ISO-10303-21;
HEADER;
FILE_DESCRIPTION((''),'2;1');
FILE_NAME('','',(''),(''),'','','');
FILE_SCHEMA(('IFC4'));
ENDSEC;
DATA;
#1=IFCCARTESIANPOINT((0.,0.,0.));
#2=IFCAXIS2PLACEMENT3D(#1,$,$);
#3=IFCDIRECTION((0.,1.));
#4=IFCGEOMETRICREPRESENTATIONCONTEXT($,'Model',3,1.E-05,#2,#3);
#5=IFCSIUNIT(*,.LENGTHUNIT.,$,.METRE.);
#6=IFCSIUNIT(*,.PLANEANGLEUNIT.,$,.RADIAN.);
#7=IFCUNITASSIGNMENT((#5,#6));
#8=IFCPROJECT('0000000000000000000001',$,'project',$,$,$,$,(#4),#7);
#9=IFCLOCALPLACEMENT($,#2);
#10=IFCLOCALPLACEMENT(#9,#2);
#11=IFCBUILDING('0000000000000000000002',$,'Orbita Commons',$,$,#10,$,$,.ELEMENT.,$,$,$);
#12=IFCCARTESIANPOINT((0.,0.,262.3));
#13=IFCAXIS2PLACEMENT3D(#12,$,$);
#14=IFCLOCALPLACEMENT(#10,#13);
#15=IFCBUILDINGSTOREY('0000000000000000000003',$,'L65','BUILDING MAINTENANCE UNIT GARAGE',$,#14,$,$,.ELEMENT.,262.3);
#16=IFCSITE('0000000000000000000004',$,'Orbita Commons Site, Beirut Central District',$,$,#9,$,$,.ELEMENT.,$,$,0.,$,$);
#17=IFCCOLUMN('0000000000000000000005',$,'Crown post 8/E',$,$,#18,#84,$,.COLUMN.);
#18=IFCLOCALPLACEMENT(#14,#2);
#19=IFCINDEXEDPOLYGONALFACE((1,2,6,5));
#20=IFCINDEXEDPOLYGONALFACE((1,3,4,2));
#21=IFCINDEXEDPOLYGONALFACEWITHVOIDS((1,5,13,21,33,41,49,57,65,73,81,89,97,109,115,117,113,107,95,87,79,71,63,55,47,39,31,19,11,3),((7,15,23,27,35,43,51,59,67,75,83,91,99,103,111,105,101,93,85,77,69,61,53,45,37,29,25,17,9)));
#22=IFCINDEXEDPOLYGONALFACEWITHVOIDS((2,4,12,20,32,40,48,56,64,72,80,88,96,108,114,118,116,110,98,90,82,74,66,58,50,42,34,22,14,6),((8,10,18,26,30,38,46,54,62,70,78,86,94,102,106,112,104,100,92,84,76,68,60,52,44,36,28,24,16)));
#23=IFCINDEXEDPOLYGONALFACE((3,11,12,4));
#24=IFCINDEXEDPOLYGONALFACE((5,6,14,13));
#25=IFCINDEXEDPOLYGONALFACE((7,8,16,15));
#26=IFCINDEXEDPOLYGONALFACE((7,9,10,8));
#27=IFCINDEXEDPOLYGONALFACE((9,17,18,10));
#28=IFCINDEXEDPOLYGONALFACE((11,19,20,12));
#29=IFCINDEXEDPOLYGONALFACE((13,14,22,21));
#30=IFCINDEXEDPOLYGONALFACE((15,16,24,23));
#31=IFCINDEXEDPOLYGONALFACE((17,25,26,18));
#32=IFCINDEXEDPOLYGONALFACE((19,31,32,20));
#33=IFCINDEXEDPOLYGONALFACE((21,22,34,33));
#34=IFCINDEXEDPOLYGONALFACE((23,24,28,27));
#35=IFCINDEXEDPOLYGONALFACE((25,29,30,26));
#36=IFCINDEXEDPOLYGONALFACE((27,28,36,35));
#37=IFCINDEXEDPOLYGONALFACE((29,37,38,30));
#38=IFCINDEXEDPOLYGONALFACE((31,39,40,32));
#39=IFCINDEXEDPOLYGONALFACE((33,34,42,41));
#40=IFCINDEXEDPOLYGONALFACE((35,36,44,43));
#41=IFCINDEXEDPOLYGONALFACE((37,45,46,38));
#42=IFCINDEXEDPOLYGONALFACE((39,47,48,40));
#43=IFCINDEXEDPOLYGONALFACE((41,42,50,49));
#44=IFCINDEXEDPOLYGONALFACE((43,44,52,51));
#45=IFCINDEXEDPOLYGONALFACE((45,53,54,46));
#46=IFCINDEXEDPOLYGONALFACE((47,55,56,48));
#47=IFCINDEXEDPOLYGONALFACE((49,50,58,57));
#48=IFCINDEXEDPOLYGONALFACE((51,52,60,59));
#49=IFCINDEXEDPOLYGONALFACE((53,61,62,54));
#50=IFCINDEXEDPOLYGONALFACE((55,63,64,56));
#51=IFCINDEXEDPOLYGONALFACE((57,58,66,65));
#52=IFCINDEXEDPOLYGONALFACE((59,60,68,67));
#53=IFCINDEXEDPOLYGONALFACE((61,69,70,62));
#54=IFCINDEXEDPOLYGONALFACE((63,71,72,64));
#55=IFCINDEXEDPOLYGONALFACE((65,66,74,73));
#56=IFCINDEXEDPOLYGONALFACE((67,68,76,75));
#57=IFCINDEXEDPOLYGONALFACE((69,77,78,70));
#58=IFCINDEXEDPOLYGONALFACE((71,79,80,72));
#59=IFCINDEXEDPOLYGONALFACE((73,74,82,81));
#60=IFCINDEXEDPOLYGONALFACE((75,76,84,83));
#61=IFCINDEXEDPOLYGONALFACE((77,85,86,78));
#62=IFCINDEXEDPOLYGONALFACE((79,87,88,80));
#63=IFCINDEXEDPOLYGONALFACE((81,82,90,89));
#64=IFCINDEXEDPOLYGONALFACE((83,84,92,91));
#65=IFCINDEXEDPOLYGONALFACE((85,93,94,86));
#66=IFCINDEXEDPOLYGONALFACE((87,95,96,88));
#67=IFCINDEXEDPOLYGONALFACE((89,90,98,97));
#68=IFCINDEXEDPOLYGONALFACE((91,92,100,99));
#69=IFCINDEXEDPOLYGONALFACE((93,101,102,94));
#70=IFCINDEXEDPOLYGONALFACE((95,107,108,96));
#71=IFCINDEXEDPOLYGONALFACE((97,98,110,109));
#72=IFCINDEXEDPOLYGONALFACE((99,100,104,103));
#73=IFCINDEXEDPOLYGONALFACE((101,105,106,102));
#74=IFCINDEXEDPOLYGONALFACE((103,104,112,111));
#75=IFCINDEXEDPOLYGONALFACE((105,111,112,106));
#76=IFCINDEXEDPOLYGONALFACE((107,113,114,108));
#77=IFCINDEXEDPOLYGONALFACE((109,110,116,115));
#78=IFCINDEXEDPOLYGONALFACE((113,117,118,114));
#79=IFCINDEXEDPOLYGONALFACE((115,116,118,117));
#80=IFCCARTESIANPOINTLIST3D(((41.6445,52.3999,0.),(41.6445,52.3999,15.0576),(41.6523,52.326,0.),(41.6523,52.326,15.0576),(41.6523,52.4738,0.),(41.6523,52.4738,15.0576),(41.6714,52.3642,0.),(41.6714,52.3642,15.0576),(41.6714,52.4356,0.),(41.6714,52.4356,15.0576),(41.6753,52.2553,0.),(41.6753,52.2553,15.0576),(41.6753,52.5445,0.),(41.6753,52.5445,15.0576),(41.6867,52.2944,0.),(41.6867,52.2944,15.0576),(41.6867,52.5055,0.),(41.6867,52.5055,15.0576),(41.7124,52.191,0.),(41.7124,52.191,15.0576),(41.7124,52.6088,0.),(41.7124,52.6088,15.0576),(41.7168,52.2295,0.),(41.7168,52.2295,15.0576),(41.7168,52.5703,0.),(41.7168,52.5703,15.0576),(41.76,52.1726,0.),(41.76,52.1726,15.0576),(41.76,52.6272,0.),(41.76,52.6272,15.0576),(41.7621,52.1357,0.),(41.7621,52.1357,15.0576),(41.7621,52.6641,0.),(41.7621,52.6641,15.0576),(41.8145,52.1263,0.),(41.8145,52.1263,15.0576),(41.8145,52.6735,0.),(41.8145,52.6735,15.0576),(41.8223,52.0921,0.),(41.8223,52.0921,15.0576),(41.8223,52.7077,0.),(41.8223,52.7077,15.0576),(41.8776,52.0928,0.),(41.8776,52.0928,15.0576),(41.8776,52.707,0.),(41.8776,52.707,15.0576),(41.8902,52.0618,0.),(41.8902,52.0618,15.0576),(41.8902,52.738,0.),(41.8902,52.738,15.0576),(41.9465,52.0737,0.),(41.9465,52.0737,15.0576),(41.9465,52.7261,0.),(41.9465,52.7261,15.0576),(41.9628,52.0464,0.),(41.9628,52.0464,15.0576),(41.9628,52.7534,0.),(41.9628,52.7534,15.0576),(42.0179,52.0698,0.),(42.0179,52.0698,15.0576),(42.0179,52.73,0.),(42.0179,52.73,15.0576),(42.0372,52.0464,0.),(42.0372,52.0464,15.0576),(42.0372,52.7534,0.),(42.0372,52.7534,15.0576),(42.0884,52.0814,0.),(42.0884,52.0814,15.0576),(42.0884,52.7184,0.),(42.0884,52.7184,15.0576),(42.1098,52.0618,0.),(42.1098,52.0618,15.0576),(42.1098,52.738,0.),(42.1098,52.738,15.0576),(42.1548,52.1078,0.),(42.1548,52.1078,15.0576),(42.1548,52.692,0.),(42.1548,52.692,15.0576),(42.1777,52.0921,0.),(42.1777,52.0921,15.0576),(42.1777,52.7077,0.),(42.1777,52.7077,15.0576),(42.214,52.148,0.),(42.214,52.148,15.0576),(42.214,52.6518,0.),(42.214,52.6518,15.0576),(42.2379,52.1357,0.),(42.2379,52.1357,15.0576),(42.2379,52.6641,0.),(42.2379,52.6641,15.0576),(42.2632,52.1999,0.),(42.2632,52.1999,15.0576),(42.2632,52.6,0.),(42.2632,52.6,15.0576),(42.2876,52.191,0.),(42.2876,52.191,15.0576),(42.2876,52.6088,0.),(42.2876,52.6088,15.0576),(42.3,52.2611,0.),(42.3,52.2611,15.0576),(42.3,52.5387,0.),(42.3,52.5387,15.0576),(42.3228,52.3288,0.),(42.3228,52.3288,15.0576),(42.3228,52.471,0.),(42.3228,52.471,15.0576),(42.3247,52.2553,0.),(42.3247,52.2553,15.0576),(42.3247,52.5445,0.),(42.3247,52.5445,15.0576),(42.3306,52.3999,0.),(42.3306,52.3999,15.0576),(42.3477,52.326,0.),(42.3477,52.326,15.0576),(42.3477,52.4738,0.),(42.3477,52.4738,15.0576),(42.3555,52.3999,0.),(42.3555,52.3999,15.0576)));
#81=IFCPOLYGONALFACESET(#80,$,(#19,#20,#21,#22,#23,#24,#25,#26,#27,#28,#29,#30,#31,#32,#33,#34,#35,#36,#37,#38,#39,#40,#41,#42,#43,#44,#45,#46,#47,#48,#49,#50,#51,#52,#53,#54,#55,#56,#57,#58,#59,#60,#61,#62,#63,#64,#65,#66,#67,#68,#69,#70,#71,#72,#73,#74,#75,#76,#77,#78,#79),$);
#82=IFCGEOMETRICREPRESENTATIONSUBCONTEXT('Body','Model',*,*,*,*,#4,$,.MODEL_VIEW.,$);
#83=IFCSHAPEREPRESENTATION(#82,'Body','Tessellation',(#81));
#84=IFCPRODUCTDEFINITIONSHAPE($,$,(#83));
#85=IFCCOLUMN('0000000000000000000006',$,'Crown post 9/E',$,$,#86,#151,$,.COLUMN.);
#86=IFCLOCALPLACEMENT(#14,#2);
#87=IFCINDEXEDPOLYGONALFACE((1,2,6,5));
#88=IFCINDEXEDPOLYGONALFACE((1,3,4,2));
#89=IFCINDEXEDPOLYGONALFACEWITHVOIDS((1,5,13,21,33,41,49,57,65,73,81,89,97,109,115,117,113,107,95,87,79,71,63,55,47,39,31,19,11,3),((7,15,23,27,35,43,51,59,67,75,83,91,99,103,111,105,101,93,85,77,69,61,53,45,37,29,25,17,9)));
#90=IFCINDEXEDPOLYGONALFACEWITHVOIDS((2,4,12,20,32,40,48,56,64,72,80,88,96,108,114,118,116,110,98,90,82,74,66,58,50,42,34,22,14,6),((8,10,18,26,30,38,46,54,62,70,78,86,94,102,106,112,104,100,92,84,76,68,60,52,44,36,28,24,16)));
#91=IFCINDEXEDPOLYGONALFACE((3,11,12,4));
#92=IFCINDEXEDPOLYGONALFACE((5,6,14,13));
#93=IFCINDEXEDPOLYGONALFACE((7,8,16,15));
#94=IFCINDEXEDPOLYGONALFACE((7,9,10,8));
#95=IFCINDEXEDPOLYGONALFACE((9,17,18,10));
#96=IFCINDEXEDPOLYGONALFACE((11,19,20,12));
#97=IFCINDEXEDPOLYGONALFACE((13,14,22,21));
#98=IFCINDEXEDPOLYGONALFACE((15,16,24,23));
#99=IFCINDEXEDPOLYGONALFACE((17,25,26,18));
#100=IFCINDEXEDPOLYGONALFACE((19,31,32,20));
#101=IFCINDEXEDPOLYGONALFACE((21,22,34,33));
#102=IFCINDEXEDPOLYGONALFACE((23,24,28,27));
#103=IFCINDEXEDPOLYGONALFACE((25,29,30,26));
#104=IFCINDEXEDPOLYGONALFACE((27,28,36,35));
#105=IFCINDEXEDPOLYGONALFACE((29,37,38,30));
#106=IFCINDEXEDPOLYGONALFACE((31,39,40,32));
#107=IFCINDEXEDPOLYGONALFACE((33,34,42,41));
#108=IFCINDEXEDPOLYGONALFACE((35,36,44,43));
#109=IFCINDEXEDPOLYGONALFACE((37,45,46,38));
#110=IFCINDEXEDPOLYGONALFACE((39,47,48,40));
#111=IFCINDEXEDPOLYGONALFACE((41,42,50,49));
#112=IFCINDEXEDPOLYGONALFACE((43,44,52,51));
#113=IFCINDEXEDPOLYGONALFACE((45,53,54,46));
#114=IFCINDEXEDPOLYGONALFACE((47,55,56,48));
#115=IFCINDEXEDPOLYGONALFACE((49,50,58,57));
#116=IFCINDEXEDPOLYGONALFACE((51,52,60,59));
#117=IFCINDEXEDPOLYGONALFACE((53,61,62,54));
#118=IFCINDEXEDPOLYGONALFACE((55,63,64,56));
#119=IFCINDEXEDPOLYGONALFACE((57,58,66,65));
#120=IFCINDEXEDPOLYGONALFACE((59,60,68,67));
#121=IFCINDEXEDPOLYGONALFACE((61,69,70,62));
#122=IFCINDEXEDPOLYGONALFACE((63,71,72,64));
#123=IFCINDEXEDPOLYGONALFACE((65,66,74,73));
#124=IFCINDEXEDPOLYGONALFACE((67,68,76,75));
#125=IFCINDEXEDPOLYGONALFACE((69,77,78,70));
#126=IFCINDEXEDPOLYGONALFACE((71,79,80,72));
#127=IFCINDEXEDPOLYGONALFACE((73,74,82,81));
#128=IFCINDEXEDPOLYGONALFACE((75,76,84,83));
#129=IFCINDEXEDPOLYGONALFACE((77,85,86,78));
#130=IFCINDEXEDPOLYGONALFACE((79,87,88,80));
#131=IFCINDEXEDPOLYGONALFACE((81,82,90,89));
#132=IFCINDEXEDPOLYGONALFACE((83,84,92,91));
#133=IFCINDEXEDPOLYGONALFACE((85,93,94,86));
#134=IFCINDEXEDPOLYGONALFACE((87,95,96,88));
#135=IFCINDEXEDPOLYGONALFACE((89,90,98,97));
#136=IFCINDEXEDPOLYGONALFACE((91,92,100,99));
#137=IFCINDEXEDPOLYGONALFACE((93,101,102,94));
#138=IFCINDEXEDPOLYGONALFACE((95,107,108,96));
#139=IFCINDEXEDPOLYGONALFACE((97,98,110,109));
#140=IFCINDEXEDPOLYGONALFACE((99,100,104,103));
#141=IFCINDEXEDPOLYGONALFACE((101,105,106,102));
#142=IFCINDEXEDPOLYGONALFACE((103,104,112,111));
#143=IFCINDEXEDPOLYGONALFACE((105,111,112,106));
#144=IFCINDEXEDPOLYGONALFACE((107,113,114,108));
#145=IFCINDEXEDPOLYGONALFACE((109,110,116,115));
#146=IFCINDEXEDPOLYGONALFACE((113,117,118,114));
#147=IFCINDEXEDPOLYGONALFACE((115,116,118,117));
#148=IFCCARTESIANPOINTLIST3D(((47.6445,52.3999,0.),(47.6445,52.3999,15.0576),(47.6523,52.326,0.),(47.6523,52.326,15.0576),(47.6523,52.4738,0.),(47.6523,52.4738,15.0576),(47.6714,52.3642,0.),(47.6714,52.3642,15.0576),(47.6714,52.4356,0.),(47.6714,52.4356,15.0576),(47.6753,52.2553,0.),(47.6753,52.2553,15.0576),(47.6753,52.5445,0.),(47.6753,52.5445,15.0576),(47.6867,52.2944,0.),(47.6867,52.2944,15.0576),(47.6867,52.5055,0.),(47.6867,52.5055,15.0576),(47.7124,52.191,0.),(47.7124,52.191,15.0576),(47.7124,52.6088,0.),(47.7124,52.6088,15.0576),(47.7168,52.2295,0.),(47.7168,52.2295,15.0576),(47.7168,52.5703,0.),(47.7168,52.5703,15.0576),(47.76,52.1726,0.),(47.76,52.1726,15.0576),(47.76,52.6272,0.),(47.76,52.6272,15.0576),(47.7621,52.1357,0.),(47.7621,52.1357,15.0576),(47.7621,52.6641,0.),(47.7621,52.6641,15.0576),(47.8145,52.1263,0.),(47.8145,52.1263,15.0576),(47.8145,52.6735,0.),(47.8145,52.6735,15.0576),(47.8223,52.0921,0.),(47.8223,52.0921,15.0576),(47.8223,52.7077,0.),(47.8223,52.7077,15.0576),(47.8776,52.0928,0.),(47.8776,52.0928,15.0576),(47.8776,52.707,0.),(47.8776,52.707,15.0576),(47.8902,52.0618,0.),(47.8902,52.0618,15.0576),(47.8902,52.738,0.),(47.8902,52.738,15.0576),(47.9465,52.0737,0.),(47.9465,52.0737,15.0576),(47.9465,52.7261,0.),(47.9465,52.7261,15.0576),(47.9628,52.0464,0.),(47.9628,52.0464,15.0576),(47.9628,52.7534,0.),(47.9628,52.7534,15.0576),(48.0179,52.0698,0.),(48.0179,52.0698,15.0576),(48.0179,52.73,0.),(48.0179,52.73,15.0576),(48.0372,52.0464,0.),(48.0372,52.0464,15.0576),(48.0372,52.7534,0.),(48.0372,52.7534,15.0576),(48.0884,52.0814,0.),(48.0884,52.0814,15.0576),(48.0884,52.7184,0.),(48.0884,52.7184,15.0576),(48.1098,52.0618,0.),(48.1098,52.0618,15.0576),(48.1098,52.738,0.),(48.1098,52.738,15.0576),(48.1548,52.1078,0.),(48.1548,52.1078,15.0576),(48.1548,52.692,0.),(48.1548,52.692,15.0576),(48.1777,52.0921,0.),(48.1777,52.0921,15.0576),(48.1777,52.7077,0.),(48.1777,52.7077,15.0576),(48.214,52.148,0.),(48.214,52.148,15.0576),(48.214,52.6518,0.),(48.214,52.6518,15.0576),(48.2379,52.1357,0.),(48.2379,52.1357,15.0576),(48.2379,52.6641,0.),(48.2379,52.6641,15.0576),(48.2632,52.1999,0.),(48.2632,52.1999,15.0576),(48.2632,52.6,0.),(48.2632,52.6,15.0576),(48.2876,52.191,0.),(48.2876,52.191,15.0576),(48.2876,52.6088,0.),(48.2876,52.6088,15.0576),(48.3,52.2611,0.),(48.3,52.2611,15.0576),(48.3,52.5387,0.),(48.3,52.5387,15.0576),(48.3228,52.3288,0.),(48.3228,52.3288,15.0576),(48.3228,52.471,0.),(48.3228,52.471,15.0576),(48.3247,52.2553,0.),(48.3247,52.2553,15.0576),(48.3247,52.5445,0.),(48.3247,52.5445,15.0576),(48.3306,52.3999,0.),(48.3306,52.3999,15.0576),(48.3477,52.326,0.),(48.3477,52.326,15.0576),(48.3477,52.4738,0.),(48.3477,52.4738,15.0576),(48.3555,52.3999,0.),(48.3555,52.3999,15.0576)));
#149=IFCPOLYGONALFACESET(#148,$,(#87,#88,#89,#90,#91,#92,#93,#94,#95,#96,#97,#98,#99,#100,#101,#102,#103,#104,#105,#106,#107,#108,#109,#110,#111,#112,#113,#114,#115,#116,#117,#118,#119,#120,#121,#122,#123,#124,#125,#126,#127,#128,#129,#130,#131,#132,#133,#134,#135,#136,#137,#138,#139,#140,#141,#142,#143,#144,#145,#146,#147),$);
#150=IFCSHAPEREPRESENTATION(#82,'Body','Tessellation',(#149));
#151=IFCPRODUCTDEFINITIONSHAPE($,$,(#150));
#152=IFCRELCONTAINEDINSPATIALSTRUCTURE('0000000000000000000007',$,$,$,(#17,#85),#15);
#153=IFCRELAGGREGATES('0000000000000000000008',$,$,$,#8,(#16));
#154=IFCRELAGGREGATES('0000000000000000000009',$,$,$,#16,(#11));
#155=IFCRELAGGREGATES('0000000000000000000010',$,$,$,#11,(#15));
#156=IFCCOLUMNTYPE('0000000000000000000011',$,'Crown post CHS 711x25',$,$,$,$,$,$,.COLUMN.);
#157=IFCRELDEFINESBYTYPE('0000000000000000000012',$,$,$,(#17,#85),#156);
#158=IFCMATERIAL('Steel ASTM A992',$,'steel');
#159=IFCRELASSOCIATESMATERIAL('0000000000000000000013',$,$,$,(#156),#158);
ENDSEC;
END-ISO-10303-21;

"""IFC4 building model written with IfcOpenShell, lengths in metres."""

from ifc_helpers import new_model, si_unit, direction, frame, origin, origin_2d, place, context, subcontext, project, spatial, hollow_circle, extrude, material, material_profile, profile_set, type_object, element, save


model = new_model("IFC4")

# Units and contexts
model_context = context("Model", 3, precision=1e-05, world=origin(), true_north=direction((0.0, 1.0)))
body_context = subcontext(model_context, "Body", "Model", "MODEL_VIEW")
ifc_project = project(units=[si_unit("LENGTHUNIT", "METRE"), si_unit("PLANEANGLEUNIT", "RADIAN")], contexts=[model_context])

# Site, building, storey
site_placement = place(None, origin())
site = spatial("IfcSite", under=ifc_project, at=site_placement, Name="Orbita Commons Site, Beirut Central District", CompositionType="ELEMENT", RefElevation=0.0)
building_placement = place(site_placement, origin())
building = spatial("IfcBuilding", under=site, at=building_placement, Name="Orbita Commons", CompositionType="ELEMENT")
storey_placement = place(building_placement, frame((0.0, 0.0, 262.3)))
storey = spatial("IfcBuildingStorey", under=building, at=storey_placement, Name="L65", Description="BUILDING MAINTENANCE UNIT GARAGE", CompositionType="ELEMENT", Elevation=262.3)

# Columns
ifc_material_1 = material(Name="Steel ASTM A992", Category="steel")
ifc_material_profile_1 = material_profile(ifc_material_1, hollow_circle(Radius=0.3555, WallThickness=0.0249, at=origin_2d()), Name="CHS 711x25")
ifc_profile_set_1 = profile_set([ifc_material_profile_1], Name="Steel ASTM A992")
column_type = type_object("IfcColumnType", Name="Crown post CHS 711x25", PredefinedType="COLUMN", material=ifc_profile_set_1)
for number, where, z_axis, x_axis, name in (
    (1, (42.0, 52.3999, 0.0), (0.0, 0.0, 1.0), (1.0, 0.0, 0.0), "Crown post 8/E"),
    (2, (48.0, 52.3999, 0.0), (0.0, 0.0, 1.0), (1.0, 0.0, 0.0), "Crown post 9/E"),
):
    element("IfcColumn", number, at=place(storey_placement, frame(where, z_axis=z_axis, x_axis=x_axis)), inside=storey, type_object=column_type, Name=name, PredefinedType="COLUMN", context=body_context, shape_type="SweptSolid", body=[
        extrude(hollow_circle(Radius=0.3555, WallThickness=0.0249, at=origin_2d()), origin(), (0.0, 0.0, 1.0), 15.0576),
    ])

save(model, "model.ifc")
